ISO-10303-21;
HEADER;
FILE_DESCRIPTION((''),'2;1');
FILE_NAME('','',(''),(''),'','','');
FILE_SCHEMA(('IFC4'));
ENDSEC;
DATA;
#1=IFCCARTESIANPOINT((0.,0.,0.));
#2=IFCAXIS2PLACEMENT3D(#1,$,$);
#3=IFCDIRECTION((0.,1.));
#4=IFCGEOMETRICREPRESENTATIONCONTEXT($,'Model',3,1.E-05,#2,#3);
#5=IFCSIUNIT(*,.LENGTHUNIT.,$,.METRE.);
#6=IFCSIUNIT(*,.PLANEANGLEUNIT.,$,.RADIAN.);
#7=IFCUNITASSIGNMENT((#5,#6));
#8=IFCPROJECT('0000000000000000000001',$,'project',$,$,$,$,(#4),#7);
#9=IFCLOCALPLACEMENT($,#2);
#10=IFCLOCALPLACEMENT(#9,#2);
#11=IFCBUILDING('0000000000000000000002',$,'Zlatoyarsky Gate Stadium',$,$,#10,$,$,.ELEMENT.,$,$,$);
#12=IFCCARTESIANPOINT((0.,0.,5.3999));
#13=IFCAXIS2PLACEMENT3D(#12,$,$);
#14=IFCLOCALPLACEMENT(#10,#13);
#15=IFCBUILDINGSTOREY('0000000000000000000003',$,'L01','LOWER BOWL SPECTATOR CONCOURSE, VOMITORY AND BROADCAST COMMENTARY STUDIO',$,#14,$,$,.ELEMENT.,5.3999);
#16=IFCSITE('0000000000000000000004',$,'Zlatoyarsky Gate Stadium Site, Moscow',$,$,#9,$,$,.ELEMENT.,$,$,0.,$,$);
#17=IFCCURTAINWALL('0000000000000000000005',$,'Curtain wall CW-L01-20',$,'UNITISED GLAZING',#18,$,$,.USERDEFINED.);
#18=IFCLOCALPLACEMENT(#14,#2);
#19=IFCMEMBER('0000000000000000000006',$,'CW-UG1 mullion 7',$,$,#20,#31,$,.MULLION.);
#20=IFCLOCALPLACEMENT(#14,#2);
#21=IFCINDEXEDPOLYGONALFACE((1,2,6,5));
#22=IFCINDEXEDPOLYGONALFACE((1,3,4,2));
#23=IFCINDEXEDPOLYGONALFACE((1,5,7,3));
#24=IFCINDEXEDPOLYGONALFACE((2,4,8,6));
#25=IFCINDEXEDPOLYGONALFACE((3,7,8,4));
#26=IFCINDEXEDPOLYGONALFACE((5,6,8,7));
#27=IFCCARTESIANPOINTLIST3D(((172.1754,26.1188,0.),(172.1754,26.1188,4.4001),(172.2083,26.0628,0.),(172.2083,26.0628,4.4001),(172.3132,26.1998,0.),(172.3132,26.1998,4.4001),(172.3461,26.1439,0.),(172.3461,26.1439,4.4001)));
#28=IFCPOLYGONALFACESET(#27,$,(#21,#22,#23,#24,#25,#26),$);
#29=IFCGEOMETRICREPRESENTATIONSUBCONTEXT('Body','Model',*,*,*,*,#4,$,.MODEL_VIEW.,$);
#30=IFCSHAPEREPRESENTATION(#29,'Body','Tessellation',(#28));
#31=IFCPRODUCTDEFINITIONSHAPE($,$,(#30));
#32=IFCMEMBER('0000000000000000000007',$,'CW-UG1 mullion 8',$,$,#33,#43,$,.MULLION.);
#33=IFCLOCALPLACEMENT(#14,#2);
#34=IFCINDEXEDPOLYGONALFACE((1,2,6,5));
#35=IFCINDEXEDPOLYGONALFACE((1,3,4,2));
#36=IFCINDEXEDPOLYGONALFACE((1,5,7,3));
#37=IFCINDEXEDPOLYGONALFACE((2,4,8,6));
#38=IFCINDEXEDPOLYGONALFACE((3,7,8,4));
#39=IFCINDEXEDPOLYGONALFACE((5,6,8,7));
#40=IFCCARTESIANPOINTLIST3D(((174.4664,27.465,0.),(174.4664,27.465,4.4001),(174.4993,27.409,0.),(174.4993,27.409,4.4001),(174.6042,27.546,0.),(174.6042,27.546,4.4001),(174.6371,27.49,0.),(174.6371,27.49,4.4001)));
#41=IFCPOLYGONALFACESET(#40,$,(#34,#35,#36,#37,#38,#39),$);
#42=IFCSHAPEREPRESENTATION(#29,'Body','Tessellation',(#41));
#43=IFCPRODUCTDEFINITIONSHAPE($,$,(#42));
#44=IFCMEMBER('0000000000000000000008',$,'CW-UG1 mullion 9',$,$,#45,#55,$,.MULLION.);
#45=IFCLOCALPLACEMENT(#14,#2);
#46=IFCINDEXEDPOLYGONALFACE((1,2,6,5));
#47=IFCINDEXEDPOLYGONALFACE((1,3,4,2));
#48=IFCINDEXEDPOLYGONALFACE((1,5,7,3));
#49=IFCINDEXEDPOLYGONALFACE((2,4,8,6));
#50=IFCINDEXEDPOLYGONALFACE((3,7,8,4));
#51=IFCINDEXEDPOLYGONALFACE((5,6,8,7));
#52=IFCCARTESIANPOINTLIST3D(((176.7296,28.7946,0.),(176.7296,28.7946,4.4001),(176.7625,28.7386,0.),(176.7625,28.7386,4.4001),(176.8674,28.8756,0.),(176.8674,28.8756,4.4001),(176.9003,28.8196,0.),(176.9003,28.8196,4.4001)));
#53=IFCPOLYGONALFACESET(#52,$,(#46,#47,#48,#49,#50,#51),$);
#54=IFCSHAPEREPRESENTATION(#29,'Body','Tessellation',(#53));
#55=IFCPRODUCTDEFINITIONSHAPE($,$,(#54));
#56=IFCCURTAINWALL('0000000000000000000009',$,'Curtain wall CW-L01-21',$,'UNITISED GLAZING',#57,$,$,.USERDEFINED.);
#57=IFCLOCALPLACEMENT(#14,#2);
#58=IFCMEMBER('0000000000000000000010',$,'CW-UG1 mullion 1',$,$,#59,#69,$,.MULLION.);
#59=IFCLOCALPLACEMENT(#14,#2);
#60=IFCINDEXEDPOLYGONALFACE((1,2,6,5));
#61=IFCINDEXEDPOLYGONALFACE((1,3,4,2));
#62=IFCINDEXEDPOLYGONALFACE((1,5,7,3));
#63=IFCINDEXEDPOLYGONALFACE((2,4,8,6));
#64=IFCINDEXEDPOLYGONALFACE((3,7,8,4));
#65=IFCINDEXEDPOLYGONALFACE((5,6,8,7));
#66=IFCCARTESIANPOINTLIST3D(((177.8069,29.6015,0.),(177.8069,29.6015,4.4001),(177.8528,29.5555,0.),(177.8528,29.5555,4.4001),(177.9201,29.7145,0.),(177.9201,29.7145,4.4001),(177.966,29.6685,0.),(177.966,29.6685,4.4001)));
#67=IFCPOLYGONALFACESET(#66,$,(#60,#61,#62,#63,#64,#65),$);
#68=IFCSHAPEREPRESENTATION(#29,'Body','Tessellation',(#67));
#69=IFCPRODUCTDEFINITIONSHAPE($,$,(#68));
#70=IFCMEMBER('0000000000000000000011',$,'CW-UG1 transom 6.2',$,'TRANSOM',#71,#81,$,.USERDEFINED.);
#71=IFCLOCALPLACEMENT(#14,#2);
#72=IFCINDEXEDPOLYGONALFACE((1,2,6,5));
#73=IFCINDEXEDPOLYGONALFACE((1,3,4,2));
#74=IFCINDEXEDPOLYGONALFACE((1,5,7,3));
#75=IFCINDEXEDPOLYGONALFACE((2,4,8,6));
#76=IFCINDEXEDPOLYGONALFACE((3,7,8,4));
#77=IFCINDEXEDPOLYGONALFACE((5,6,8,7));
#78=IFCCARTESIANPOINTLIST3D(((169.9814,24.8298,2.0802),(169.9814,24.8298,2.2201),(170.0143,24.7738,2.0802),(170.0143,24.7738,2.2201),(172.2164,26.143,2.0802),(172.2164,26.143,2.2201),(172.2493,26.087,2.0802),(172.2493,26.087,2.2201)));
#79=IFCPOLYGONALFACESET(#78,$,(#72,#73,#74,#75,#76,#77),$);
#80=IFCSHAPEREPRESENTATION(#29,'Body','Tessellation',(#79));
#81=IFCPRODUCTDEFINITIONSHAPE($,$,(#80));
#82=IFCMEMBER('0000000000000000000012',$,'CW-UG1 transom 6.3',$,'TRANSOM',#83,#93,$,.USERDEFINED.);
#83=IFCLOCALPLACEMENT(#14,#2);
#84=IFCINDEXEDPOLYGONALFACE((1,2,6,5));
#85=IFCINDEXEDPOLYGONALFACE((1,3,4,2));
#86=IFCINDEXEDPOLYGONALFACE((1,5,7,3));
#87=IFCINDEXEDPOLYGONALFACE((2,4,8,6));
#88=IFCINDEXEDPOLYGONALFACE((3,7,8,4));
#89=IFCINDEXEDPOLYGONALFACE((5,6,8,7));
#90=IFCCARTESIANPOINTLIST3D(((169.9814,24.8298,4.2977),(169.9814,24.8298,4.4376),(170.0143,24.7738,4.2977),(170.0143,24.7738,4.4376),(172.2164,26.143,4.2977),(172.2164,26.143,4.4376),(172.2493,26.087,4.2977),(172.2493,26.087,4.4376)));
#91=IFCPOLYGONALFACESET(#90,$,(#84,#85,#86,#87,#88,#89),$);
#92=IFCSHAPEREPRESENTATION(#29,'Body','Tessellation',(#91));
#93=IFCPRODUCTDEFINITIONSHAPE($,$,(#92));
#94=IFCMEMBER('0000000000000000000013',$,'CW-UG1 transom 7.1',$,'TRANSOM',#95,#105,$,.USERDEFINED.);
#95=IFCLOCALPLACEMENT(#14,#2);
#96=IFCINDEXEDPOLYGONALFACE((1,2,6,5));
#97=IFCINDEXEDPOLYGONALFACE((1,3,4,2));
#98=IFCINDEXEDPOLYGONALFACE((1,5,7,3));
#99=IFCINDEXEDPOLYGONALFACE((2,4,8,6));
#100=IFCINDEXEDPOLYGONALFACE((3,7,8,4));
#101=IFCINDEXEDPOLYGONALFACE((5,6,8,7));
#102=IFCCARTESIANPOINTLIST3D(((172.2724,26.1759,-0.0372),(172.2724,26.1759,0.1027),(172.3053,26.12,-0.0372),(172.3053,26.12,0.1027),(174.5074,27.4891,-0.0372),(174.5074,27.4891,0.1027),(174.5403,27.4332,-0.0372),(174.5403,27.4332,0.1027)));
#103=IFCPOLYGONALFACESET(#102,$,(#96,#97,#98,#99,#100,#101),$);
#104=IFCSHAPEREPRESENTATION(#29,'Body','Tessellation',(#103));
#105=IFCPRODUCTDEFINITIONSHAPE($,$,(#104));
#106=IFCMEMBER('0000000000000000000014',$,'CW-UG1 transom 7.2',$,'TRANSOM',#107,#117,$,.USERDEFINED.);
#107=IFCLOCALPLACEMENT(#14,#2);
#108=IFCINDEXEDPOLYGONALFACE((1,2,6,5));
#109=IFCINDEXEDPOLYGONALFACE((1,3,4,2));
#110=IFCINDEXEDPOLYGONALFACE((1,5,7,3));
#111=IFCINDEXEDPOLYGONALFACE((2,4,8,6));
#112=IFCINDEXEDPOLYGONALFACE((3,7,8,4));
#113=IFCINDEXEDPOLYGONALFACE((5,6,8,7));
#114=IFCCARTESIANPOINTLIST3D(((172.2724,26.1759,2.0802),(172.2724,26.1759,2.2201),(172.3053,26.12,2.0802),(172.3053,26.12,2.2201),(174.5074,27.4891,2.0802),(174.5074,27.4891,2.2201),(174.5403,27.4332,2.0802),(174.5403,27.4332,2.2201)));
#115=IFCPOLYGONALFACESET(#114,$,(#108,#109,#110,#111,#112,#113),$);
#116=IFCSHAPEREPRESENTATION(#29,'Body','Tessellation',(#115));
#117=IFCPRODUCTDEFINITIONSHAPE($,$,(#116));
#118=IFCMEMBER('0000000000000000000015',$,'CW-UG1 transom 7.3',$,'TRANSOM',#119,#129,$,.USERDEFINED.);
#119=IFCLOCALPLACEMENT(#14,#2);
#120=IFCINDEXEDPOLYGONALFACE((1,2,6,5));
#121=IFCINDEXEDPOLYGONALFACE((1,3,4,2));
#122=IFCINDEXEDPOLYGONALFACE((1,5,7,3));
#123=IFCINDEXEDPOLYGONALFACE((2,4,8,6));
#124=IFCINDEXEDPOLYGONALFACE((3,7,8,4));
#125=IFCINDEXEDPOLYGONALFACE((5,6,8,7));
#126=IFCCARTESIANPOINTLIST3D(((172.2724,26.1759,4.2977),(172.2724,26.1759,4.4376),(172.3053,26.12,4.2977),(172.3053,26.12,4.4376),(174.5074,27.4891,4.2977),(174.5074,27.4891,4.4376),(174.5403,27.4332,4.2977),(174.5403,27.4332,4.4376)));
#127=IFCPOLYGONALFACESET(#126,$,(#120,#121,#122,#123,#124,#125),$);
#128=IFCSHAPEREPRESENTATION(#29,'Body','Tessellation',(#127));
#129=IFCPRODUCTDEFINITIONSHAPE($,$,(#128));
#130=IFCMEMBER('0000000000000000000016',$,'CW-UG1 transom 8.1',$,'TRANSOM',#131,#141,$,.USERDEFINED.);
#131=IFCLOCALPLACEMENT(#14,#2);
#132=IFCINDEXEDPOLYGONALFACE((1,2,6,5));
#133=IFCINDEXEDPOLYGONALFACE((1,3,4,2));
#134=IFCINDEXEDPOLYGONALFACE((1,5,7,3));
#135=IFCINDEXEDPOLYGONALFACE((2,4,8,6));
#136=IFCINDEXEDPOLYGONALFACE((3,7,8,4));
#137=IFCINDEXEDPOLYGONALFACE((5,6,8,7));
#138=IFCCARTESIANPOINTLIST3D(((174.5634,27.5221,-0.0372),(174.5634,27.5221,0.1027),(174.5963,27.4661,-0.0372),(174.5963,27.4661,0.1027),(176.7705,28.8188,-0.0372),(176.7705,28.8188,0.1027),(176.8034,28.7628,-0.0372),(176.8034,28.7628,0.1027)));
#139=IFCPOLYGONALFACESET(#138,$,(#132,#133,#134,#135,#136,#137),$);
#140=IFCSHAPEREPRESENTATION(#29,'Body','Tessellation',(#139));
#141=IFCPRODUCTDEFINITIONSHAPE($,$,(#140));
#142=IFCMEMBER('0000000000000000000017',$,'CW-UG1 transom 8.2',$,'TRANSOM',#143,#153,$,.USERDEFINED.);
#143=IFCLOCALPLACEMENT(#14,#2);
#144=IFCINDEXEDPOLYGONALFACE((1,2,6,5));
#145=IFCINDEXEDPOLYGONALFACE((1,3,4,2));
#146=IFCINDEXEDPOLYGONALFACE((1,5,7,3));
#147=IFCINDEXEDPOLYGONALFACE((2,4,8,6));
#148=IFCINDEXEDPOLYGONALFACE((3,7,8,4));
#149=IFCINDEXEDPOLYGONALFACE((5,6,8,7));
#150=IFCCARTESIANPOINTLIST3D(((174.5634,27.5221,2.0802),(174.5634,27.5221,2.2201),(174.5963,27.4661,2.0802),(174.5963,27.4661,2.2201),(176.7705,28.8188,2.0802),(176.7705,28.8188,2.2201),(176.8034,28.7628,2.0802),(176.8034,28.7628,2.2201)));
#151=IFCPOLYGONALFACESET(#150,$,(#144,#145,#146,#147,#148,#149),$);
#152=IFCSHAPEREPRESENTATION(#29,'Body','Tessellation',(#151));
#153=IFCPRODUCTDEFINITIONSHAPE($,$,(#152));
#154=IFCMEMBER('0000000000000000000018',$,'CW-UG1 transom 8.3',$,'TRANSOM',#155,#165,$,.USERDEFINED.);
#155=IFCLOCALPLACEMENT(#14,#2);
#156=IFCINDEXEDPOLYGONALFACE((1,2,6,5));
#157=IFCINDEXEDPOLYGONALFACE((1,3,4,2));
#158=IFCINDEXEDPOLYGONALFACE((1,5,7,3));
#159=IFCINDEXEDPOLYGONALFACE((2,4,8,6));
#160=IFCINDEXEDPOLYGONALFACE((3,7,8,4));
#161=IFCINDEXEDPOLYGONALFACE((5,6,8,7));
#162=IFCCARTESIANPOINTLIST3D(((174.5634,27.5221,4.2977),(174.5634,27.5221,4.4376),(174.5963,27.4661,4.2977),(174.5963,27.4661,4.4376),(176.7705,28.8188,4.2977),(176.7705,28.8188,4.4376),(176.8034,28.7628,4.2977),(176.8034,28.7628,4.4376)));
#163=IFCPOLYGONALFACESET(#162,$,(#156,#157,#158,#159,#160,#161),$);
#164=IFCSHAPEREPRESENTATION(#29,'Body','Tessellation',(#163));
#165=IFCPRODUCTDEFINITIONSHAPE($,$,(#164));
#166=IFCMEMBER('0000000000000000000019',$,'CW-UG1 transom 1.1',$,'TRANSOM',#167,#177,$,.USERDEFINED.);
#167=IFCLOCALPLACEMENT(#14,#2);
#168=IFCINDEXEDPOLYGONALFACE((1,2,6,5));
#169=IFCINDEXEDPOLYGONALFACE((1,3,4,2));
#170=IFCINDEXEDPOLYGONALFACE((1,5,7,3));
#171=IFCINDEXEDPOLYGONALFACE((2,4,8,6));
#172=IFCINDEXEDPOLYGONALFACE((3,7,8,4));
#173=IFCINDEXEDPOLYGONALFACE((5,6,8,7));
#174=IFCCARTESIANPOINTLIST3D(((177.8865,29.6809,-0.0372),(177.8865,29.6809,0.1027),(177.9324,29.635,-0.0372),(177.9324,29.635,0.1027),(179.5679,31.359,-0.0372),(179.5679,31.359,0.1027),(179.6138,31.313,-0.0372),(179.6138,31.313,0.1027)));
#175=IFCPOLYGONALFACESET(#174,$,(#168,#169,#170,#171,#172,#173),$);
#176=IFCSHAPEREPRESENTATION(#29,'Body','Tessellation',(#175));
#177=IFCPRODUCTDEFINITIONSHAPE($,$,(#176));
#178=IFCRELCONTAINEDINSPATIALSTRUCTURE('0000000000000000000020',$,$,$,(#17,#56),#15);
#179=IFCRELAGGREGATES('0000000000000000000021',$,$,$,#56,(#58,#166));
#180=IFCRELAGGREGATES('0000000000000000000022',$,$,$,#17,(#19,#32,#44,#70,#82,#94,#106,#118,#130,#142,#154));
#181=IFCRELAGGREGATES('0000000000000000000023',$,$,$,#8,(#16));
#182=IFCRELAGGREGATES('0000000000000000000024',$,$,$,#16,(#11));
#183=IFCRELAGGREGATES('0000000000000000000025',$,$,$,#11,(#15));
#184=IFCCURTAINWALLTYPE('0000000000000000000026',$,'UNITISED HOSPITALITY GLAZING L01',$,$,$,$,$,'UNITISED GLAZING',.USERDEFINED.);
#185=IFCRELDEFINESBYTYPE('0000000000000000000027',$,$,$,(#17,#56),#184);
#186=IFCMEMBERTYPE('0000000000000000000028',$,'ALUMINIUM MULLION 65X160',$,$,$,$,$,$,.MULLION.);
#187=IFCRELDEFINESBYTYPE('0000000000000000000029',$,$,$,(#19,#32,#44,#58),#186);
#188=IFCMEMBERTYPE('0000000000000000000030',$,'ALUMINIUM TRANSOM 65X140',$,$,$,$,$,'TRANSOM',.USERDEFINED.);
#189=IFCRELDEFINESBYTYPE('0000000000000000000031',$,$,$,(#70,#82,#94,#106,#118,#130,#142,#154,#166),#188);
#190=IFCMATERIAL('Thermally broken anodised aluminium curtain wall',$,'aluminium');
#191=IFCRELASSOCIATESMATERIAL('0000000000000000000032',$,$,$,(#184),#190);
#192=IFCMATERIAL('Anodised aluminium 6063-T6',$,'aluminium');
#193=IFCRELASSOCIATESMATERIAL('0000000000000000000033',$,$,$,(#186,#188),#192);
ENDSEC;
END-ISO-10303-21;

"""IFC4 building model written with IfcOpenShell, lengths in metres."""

from ifc_helpers import new_model, si_unit, direction, frame, origin, origin_2d, place, context, subcontext, project, spatial, rectangle, extrude, material, material_profile, profile_set, type_object, element, aggregate, save


model = new_model("IFC4")

# Units and contexts
model_context = context("Model", 3, precision=1e-05, world=origin(), true_north=direction((0.0, 1.0)))
body_context = subcontext(model_context, "Body", "Model", "MODEL_VIEW")
ifc_project = project(units=[si_unit("LENGTHUNIT", "METRE"), si_unit("PLANEANGLEUNIT", "RADIAN")], contexts=[model_context])

# Site, building, storey
site_placement = place(None, origin())
site = spatial("IfcSite", under=ifc_project, at=site_placement, Name="Zlatoyarsky Gate Stadium Site, Moscow", CompositionType="ELEMENT", RefElevation=0.0)
building_placement = place(site_placement, origin())
building = spatial("IfcBuilding", under=site, at=building_placement, Name="Zlatoyarsky Gate Stadium", CompositionType="ELEMENT")
storey_placement = place(building_placement, frame((0.0, 0.0, 5.3999)))
storey = spatial("IfcBuildingStorey", under=building, at=storey_placement, Name="L01", Description="LOWER BOWL SPECTATOR CONCOURSE, VOMITORY AND BROADCAST COMMENTARY STUDIO", CompositionType="ELEMENT", Elevation=5.3999)

# Curtain wall, members
ifc_material_1 = material(Name="Thermally broken anodised aluminium curtain wall", Category="aluminium")
curtain_wall_type = type_object("IfcCurtainWallType", Name="UNITISED HOSPITALITY GLAZING L01", ElementType="UNITISED GLAZING", PredefinedType="USERDEFINED", material=ifc_material_1)
curtain_wall_1_placement = place(storey_placement, origin())
curtain_wall_1 = element("IfcCurtainWall", 1, at=curtain_wall_1_placement, inside=storey, type_object=curtain_wall_type, Name="Curtain wall CW-L01-20", ObjectType="UNITISED GLAZING", PredefinedType="USERDEFINED")
ifc_material_2 = material(Name="Anodised aluminium 6063-T6", Category="aluminium")
ifc_material_profile_1 = material_profile(ifc_material_2, rectangle(XDim=0.0649, YDim=0.1599, at=origin_2d()), Name="ALU 65X160")
ifc_profile_set_1 = profile_set([ifc_material_profile_1], Name="Anodised aluminium 6063-T6")
member_type_1 = type_object("IfcMemberType", Name="ALUMINIUM MULLION 65X160", PredefinedType="MULLION", material=ifc_profile_set_1)
member_1_placement = place(storey_placement, frame((172.2607, 26.1313, 0.0), z_axis=(0.0, 0.0, 1.0), x_axis=(-0.50659, 0.862187, 0.0)))
member_1 = element("IfcMember", 2, at=member_1_placement, type_object=member_type_1, Name="CW-UG1 mullion 7", PredefinedType="MULLION", context=body_context, shape_type="SweptSolid", body=[
    extrude(rectangle(XDim=0.0649, YDim=0.1599, at=origin_2d()), origin(), (0.0, 0.0, 1.0), 4.4001),
])
member_2_placement = place(storey_placement, frame((174.5518, 27.4775, 0.0), z_axis=(0.0, 0.0, 1.0), x_axis=(-0.50659, 0.862187, 0.0)))
member_2 = element("IfcMember", 3, at=member_2_placement, type_object=member_type_1, Name="CW-UG1 mullion 8", PredefinedType="MULLION", context=body_context, shape_type="SweptSolid", body=[
    extrude(rectangle(XDim=0.0649, YDim=0.1599, at=origin_2d()), origin(), (0.0, 0.0, 1.0), 4.4001),
])
member_3_placement = place(storey_placement, frame((176.8149, 28.8071, 0.0), z_axis=(0.0, 0.0, 1.0), x_axis=(-0.50659, 0.862187, 0.0)))
member_3 = element("IfcMember", 4, at=member_3_placement, type_object=member_type_1, Name="CW-UG1 mullion 9", PredefinedType="MULLION", context=body_context, shape_type="SweptSolid", body=[
    extrude(rectangle(XDim=0.0649, YDim=0.1599, at=origin_2d()), origin(), (0.0, 0.0, 1.0), 4.4001),
])

# Curtain wall, member
curtain_wall_2_placement = place(storey_placement, origin())
curtain_wall_2 = element("IfcCurtainWall", 5, at=curtain_wall_2_placement, inside=storey, type_object=curtain_wall_type, Name="Curtain wall CW-L01-21", ObjectType="UNITISED GLAZING", PredefinedType="USERDEFINED")
member_4_placement = place(storey_placement, frame((177.8865, 29.635, 0.0), z_axis=(0.0, 0.0, 1.0), x_axis=(-0.706371, 0.707842, 0.0)))
member_4 = element("IfcMember", 6, at=member_4_placement, type_object=member_type_1, Name="CW-UG1 mullion 1", PredefinedType="MULLION", context=body_context, shape_type="SweptSolid", body=[
    extrude(rectangle(XDim=0.0649, YDim=0.1599, at=origin_2d()), origin(), (0.0, 0.0, 1.0), 4.4001),
])

# Members
ifc_material_profile_2 = material_profile(ifc_material_2, rectangle(XDim=0.0649, YDim=0.1399, at=origin_2d()), Name="ALU 65X140")
ifc_profile_set_2 = profile_set([ifc_material_profile_2], Name="Anodised aluminium 6063-T6")
member_type_2 = type_object("IfcMemberType", Name="ALUMINIUM TRANSOM 65X140", ElementType="TRANSOM", PredefinedType="USERDEFINED", material=ifc_profile_set_2)
member_5_placement = place(storey_placement, frame((169.9978, 24.8018, 2.1501), z_axis=(0.862193, 0.50658, 0.0), x_axis=(-0.50658, 0.862193, 0.0)))
member_5 = element("IfcMember", 7, at=member_5_placement, type_object=member_type_2, Name="CW-UG1 transom 6.2", ObjectType="TRANSOM", PredefinedType="USERDEFINED", context=body_context, shape_type="SweptSolid", body=[
    extrude(rectangle(XDim=0.0649, YDim=0.1399, at=origin_2d()), origin(), (0.0, 0.0, 1.0), 2.5923),
])
member_6_placement = place(storey_placement, frame((169.9978, 24.8018, 4.3677), z_axis=(0.862193, 0.50658, 0.0), x_axis=(-0.50658, 0.862193, 0.0)))
member_6 = element("IfcMember", 8, at=member_6_placement, type_object=member_type_2, Name="CW-UG1 transom 6.3", ObjectType="TRANSOM", PredefinedType="USERDEFINED", context=body_context, shape_type="SweptSolid", body=[
    extrude(rectangle(XDim=0.0649, YDim=0.1399, at=origin_2d()), origin(), (0.0, 0.0, 1.0), 2.5923),
])
member_7_placement = place(storey_placement, frame((172.2888, 26.1479, 0.0327), z_axis=(0.862193, 0.50658, 0.0), x_axis=(-0.50658, 0.862193, 0.0)))
member_7 = element("IfcMember", 9, at=member_7_placement, type_object=member_type_2, Name="CW-UG1 transom 7.1", ObjectType="TRANSOM", PredefinedType="USERDEFINED", context=body_context, shape_type="SweptSolid", body=[
    extrude(rectangle(XDim=0.0649, YDim=0.1399, at=origin_2d()), origin(), (0.0, 0.0, 1.0), 2.5923),
])
member_8_placement = place(storey_placement, frame((172.2888, 26.1479, 2.1501), z_axis=(0.862193, 0.50658, 0.0), x_axis=(-0.50658, 0.862193, 0.0)))
member_8 = element("IfcMember", 10, at=member_8_placement, type_object=member_type_2, Name="CW-UG1 transom 7.2", ObjectType="TRANSOM", PredefinedType="USERDEFINED", context=body_context, shape_type="SweptSolid", body=[
    extrude(rectangle(XDim=0.0649, YDim=0.1399, at=origin_2d()), origin(), (0.0, 0.0, 1.0), 2.5923),
])
member_9_placement = place(storey_placement, frame((172.2888, 26.1479, 4.3677), z_axis=(0.862193, 0.50658, 0.0), x_axis=(-0.50658, 0.862193, 0.0)))
member_9 = element("IfcMember", 11, at=member_9_placement, type_object=member_type_2, Name="CW-UG1 transom 7.3", ObjectType="TRANSOM", PredefinedType="USERDEFINED", context=body_context, shape_type="SweptSolid", body=[
    extrude(rectangle(XDim=0.0649, YDim=0.1399, at=origin_2d()), origin(), (0.0, 0.0, 1.0), 2.5923),
])
member_10_placement = place(storey_placement, frame((174.5798, 27.4941, 0.0327), z_axis=(0.862211, 0.506549, 0.0), x_axis=(-0.506549, 0.862211, 0.0)))
member_10 = element("IfcMember", 12, at=member_10_placement, type_object=member_type_2, Name="CW-UG1 transom 8.1", ObjectType="TRANSOM", PredefinedType="USERDEFINED", context=body_context, shape_type="SweptSolid", body=[
    extrude(rectangle(XDim=0.0649, YDim=0.1399, at=origin_2d()), origin(), (0.0, 0.0, 1.0), 2.5598),
])
member_11_placement = place(storey_placement, frame((174.5798, 27.4941, 2.1501), z_axis=(0.862211, 0.506549, 0.0), x_axis=(-0.506549, 0.862211, 0.0)))
member_11 = element("IfcMember", 13, at=member_11_placement, type_object=member_type_2, Name="CW-UG1 transom 8.2", ObjectType="TRANSOM", PredefinedType="USERDEFINED", context=body_context, shape_type="SweptSolid", body=[
    extrude(rectangle(XDim=0.0649, YDim=0.1399, at=origin_2d()), origin(), (0.0, 0.0, 1.0), 2.5598),
])
member_12_placement = place(storey_placement, frame((174.5798, 27.4941, 4.3677), z_axis=(0.862211, 0.506549, 0.0), x_axis=(-0.506549, 0.862211, 0.0)))
member_12 = element("IfcMember", 14, at=member_12_placement, type_object=member_type_2, Name="CW-UG1 transom 8.3", ObjectType="TRANSOM", PredefinedType="USERDEFINED", context=body_context, shape_type="SweptSolid", body=[
    extrude(rectangle(XDim=0.0649, YDim=0.1399, at=origin_2d()), origin(), (0.0, 0.0, 1.0), 2.5598),
])
member_13_placement = place(storey_placement, frame((177.9094, 29.658, 0.0327), z_axis=(0.707826, 0.706387, 0.0), x_axis=(-0.706387, 0.707826, 0.0)))
member_13 = element("IfcMember", 15, at=member_13_placement, type_object=member_type_2, Name="CW-UG1 transom 1.1", ObjectType="TRANSOM", PredefinedType="USERDEFINED", context=body_context, shape_type="SweptSolid", body=[
    extrude(rectangle(XDim=0.0649, YDim=0.1399, at=origin_2d()), origin(), (0.0, 0.0, 1.0), 2.3755),
])
aggregate(curtain_wall_2, [member_4, member_13])

aggregate(curtain_wall_1, [member_1, member_2, member_3, member_5, member_6, member_7, member_8, member_9, member_10, member_11, member_12])

save(model, "model.ifc")
